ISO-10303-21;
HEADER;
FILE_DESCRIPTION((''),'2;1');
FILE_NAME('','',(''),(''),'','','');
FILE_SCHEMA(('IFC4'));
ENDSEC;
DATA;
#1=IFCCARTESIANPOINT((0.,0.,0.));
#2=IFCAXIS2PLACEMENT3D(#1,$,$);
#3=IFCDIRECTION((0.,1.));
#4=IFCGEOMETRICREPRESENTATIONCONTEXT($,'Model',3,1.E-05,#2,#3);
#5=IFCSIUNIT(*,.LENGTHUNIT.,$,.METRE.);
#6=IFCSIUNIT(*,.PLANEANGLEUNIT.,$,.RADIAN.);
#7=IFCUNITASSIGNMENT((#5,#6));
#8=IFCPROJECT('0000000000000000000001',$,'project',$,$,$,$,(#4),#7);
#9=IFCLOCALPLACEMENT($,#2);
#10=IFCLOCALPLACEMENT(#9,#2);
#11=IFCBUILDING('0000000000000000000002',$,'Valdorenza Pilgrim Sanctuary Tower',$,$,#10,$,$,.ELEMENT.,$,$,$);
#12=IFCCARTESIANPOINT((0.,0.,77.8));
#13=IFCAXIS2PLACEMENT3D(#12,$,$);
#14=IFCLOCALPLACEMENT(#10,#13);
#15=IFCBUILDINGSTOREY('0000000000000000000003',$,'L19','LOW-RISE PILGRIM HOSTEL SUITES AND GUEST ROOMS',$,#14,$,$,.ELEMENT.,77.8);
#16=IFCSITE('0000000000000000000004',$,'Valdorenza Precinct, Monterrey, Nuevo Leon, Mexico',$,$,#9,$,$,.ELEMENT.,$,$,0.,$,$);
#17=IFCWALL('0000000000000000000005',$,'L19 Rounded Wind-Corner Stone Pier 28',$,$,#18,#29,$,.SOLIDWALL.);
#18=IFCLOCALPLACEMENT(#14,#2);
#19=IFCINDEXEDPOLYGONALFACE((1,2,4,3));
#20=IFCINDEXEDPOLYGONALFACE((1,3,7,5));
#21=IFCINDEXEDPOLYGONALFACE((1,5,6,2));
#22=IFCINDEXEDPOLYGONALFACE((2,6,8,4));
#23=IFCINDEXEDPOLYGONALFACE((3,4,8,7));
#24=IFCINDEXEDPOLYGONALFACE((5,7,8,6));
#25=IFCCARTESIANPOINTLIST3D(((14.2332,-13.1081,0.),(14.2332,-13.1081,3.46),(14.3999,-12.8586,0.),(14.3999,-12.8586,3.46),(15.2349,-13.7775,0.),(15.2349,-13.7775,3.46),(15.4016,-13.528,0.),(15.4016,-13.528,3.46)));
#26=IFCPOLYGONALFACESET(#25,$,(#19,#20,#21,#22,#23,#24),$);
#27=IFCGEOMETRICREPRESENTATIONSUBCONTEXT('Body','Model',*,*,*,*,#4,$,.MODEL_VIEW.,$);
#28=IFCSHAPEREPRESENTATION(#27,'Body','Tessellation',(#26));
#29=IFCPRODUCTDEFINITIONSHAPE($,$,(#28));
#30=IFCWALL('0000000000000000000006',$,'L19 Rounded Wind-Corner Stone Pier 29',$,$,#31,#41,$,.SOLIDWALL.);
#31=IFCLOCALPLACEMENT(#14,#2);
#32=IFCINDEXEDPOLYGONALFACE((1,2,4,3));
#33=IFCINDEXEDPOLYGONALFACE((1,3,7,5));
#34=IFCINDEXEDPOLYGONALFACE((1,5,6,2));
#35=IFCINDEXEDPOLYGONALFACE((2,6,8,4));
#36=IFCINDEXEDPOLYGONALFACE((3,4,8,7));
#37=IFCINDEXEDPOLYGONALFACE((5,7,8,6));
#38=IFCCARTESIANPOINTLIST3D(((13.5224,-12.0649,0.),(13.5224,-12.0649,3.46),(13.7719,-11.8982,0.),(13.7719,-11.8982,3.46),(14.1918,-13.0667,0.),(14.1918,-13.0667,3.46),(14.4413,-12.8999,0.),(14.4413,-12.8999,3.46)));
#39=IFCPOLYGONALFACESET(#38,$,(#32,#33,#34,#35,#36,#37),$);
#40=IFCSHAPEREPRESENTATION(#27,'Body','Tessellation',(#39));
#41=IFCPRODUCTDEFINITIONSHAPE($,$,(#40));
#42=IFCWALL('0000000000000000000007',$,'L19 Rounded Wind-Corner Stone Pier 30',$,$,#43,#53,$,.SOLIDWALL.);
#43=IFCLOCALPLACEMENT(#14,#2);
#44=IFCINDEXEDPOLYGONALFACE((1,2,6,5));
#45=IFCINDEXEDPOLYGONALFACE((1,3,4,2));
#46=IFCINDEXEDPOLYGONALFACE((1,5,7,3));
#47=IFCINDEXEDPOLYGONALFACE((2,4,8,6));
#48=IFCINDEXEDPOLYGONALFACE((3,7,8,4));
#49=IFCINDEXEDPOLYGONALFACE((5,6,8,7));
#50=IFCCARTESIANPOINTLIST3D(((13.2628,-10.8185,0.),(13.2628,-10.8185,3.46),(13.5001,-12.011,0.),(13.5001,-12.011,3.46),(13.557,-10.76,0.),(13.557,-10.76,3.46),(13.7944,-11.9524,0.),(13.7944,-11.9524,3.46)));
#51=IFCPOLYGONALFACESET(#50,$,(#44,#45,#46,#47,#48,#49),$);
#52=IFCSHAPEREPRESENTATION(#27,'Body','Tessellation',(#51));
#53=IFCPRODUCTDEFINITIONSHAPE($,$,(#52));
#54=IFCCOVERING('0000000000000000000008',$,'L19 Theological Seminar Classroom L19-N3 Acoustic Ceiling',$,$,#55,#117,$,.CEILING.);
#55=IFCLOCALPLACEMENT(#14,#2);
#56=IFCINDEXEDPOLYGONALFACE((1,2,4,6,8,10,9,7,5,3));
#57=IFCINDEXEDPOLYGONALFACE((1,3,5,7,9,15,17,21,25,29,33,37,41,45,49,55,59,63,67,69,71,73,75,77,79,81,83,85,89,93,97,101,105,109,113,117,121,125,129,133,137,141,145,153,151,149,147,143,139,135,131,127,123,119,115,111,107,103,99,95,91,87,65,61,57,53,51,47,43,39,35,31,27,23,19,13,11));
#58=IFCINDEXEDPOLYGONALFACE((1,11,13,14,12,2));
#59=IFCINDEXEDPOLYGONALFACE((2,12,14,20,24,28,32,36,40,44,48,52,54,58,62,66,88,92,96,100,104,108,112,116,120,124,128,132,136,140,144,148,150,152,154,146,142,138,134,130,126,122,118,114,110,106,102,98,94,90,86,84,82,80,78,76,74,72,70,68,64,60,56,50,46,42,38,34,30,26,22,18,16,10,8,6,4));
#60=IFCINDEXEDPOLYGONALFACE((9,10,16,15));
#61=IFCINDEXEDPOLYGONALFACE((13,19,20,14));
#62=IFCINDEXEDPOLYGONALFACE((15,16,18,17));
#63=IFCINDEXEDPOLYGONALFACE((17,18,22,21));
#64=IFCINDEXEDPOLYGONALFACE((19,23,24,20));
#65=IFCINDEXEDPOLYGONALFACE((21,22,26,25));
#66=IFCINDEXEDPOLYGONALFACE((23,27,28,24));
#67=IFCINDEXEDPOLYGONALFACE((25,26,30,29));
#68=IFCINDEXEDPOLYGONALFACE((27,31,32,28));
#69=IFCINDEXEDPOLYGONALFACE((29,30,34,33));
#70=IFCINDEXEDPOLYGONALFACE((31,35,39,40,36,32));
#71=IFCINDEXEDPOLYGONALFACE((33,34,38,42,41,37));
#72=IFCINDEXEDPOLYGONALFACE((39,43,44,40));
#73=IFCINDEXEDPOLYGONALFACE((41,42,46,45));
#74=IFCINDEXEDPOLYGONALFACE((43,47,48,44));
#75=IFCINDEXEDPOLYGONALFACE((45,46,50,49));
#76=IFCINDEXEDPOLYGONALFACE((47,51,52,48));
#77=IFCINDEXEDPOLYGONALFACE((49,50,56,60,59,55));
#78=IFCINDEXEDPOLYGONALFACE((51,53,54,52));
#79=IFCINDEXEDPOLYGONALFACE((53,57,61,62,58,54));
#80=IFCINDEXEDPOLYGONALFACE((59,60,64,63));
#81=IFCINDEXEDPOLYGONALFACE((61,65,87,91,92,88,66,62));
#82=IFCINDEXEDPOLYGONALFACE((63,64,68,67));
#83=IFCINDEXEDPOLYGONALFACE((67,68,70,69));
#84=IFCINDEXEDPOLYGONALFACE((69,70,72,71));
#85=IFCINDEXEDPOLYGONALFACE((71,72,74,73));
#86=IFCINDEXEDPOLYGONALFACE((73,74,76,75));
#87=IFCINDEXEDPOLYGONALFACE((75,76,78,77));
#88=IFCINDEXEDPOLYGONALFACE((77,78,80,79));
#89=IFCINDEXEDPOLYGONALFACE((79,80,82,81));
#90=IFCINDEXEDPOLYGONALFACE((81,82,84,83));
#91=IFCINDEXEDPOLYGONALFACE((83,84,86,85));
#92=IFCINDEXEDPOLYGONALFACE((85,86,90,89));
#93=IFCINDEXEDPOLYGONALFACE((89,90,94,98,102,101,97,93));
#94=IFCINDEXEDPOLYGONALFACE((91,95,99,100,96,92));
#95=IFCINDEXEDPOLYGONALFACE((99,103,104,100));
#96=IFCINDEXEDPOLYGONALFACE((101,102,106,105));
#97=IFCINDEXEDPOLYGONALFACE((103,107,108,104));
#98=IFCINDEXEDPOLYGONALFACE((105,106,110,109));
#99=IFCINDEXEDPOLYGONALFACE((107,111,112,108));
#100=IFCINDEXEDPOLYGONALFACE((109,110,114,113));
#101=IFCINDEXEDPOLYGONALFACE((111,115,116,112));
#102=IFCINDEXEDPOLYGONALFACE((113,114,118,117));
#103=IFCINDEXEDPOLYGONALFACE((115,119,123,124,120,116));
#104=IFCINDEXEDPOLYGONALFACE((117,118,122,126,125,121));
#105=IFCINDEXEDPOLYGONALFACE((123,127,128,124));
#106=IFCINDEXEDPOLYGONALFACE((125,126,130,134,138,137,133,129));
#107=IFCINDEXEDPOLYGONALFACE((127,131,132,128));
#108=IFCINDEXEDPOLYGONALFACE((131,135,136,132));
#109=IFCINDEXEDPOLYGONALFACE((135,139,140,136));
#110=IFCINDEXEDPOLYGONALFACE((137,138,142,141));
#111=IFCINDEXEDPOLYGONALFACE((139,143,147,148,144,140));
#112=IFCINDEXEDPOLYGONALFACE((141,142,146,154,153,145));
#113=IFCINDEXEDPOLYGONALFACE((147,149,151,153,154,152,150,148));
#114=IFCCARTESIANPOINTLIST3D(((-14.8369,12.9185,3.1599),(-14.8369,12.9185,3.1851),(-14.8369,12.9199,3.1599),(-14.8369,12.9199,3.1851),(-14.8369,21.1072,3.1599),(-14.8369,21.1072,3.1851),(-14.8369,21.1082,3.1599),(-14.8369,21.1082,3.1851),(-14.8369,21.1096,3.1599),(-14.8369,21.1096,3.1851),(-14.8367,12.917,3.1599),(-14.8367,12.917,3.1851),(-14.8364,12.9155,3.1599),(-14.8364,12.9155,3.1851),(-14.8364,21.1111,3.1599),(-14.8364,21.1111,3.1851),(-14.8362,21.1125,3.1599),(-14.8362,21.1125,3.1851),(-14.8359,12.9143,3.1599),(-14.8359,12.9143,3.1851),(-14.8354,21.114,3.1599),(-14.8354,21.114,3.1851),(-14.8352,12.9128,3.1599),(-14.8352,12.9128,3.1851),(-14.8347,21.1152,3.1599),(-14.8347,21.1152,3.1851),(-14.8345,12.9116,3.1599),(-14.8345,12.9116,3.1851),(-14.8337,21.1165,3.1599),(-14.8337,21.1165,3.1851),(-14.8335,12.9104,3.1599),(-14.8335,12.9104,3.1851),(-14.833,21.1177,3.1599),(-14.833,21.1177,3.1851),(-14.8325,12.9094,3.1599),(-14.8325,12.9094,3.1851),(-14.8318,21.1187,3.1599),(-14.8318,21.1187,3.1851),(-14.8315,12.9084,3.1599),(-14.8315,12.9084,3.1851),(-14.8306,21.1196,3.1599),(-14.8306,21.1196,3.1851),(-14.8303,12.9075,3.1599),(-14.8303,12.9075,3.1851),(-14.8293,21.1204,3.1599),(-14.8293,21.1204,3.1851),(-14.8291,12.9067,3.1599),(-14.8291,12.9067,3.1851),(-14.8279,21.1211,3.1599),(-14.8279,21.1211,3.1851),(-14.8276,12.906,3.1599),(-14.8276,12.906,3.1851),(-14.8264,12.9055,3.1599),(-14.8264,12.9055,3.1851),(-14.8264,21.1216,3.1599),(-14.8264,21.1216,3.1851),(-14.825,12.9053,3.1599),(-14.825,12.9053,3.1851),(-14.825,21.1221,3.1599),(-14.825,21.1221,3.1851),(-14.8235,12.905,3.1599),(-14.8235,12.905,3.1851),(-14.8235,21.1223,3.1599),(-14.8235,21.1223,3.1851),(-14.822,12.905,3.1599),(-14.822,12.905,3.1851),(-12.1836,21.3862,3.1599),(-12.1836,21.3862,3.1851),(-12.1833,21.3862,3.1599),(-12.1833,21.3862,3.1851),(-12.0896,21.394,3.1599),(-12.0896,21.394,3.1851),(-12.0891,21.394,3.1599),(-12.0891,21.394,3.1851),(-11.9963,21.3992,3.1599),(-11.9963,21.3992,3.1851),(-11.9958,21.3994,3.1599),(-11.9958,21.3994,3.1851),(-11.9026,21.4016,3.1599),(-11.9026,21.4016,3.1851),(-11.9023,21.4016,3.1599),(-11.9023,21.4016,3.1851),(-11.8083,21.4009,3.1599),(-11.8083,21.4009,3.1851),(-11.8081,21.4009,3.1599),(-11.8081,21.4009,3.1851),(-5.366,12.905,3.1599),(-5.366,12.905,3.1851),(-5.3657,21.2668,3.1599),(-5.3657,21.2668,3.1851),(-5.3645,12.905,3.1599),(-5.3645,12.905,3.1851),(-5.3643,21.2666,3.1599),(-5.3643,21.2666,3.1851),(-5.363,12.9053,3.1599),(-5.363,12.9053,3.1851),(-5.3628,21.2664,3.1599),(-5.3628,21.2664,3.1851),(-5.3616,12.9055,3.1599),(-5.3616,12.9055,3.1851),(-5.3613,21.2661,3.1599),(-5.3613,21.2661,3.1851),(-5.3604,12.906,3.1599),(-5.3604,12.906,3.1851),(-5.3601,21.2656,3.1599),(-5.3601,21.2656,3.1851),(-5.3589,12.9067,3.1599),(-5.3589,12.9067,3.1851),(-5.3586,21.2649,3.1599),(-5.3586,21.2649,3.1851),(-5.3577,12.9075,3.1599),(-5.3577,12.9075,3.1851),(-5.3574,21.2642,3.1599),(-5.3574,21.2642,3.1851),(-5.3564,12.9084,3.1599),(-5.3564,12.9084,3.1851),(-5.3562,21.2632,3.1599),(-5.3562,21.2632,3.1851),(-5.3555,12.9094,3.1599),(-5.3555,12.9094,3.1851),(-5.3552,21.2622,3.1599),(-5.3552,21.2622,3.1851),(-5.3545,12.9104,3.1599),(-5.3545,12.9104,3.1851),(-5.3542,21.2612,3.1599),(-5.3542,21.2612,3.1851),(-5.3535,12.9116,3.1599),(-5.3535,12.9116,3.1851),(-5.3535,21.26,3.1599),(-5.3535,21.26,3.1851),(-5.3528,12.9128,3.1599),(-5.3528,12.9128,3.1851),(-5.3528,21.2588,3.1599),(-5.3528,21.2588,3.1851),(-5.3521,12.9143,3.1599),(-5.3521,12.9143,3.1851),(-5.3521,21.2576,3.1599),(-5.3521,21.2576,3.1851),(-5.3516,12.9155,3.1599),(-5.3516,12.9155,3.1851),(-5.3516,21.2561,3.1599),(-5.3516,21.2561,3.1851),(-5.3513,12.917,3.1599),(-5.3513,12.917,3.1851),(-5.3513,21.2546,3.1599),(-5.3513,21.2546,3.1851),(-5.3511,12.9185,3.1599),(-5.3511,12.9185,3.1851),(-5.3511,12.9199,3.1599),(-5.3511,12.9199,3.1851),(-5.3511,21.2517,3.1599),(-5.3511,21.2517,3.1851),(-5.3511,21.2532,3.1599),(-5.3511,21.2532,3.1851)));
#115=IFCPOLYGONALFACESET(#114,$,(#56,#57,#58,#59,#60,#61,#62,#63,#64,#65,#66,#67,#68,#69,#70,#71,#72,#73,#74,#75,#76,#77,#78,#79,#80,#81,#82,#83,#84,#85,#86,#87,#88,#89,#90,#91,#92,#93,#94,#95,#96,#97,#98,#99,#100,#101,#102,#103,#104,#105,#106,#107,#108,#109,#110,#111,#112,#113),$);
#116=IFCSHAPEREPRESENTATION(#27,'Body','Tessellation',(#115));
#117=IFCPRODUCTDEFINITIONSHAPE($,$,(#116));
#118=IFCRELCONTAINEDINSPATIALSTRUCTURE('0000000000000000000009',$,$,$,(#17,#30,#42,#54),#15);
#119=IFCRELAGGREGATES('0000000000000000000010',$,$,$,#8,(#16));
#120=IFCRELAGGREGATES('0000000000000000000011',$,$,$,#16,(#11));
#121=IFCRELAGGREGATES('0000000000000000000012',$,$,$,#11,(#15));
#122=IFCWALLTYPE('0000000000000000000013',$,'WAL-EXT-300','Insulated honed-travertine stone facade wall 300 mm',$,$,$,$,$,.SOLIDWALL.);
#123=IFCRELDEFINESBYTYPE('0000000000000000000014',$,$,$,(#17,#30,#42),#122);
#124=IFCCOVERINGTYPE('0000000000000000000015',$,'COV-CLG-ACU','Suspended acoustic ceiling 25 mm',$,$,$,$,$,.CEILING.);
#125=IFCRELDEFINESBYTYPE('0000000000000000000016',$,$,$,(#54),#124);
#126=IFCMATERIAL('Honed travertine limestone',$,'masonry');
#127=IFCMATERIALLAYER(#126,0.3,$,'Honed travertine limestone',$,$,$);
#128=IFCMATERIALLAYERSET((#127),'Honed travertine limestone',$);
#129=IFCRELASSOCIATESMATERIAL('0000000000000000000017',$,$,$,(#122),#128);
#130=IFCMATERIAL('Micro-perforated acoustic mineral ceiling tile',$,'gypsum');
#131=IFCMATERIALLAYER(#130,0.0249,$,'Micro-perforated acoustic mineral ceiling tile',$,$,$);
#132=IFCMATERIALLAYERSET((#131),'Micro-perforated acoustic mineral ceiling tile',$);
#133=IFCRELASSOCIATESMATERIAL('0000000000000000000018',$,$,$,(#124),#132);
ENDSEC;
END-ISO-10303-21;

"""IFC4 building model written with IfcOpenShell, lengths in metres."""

from ifc_helpers import new_model, si_unit, direction, frame, frame_2d, origin, place, context, subcontext, project, spatial, polyline, rectangle, outline, extrude, material, layer, layer_set, type_object, element, save


model = new_model("IFC4")

# Units and contexts
model_context = context("Model", 3, precision=1e-05, world=origin(), true_north=direction((0.0, 1.0)))
body_context = subcontext(model_context, "Body", "Model", "MODEL_VIEW")
ifc_project = project(units=[si_unit("LENGTHUNIT", "METRE"), si_unit("PLANEANGLEUNIT", "RADIAN")], contexts=[model_context])

# Site, building, storey
site_placement = place(None, origin())
site = spatial("IfcSite", under=ifc_project, at=site_placement, Name="Valdorenza Precinct, Monterrey, Nuevo Leon, Mexico", CompositionType="ELEMENT", RefElevation=0.0)
building_placement = place(site_placement, origin())
building = spatial("IfcBuilding", under=site, at=building_placement, Name="Valdorenza Pilgrim Sanctuary Tower", CompositionType="ELEMENT")
storey_placement = place(building_placement, frame((0.0, 0.0, 77.8)))
storey = spatial("IfcBuildingStorey", under=building, at=storey_placement, Name="L19", Description="LOW-RISE PILGRIM HOSTEL SUITES AND GUEST ROOMS", CompositionType="ELEMENT", Elevation=77.8)

# Shared definitions
ifc_material_1 = material(Name="Honed travertine limestone", Category="masonry")

# Walls
ifc_layer_1 = layer(ifc_material_1, 0.3, Name="Honed travertine limestone")
ifc_layer_set_1 = layer_set([ifc_layer_1], Name="Honed travertine limestone")
wall_type_1 = type_object("IfcWallType", Name="WAL-EXT-300", Description="Insulated honed-travertine stone facade wall 300 mm", PredefinedType="SOLIDWALL", material=ifc_layer_set_1)
for number, where, z_axis, x_axis, name in (
    (1, (15.3184, -13.6528, 0.0), (0.0, 0.0, 1.0), (-0.831426, 0.555635, 0.0), "L19 Rounded Wind-Corner Stone Pier 28"),
    (2, (14.3167, -12.9834, 0.0), (0.0, 0.0, 1.0), (-0.555635, 0.831426, 0.0), "L19 Rounded Wind-Corner Stone Pier 29"),
):
    element("IfcWall", number, at=place(storey_placement, frame(where, z_axis=z_axis, x_axis=x_axis)), inside=storey, type_object=wall_type_1, Name=name, PredefinedType="SOLIDWALL", context=body_context, shape_type="SweptSolid", body=[
        extrude(rectangle(XDim=1.2048, YDim=0.3, at=frame_2d((0.6025, 0.0))), origin(), (0.0, 0.0, 1.0), 3.46),
    ])
wall_1_placement = place(storey_placement, frame((13.6472, -11.9817, 0.0), z_axis=(0.0, 0.0, 1.0), x_axis=(-0.195189, 0.980766, 0.0)))
element("IfcWall", 3, at=wall_1_placement, inside=storey, type_object=wall_type_1, Name="L19 Rounded Wind-Corner Stone Pier 30", PredefinedType="SOLIDWALL", context=body_context, shape_type="SweptSolid", body=[
    extrude(rectangle(XDim=1.2158, YDim=0.3, at=frame_2d((0.6079, 0.0))), origin(), (0.0, 0.0, 1.0), 3.46),
])

# Covering
ifc_material_2 = material(Name="Micro-perforated acoustic mineral ceiling tile", Category="gypsum")
ifc_layer_2 = layer(ifc_material_2, 0.0249, Name="Micro-perforated acoustic mineral ceiling tile")
ifc_layer_set_2 = layer_set([ifc_layer_2], Name="Micro-perforated acoustic mineral ceiling tile")
covering_type_1 = type_object("IfcCoveringType", Name="COV-CLG-ACU", Description="Suspended acoustic ceiling 25 mm", PredefinedType="CEILING", material=ifc_layer_set_2)
covering_1_placement = place(storey_placement, frame((0.0, 0.0, 3.1599)))
element("IfcCovering", 4, at=covering_1_placement, inside=storey, type_object=covering_type_1, Name="L19 Theological Seminar Classroom L19-N3 Acoustic Ceiling", PredefinedType="CEILING", context=body_context, shape_type="SweptSolid", body=[
    extrude(outline(polyline([(-14.8369, 21.1072), (-14.8369, 21.1082), (-14.8369, 21.1096), (-14.8364, 21.1111), (-14.8362, 21.1125), (-14.8354, 21.114), (-14.8347, 21.1152), (-14.8337, 21.1165), (-14.833, 21.1177), (-14.8318, 21.1187), (-14.8306, 21.1196), (-14.8293, 21.1204), (-14.8279, 21.1211), (-14.8264, 21.1216), (-14.825, 21.1221), (-14.8235, 21.1223), (-12.1836, 21.3862), (-12.1833, 21.3862), (-12.0896, 21.394), (-12.0891, 21.394), (-11.9963, 21.3992), (-11.9958, 21.3994), (-11.9026, 21.4016), (-11.9023, 21.4016), (-11.8083, 21.4009), (-11.8081, 21.4009), (-5.3657, 21.2668), (-5.3643, 21.2666), (-5.3628, 21.2664), (-5.3613, 21.2661), (-5.3601, 21.2656), (-5.3586, 21.2649), (-5.3574, 21.2642), (-5.3562, 21.2632), (-5.3552, 21.2622), (-5.3542, 21.2612), (-5.3535, 21.26), (-5.3528, 21.2588), (-5.3521, 21.2576), (-5.3516, 21.2561), (-5.3513, 21.2546), (-5.3511, 21.2532), (-5.3511, 21.2517), (-5.3511, 12.9199), (-5.3511, 12.9185), (-5.3513, 12.917), (-5.3516, 12.9155), (-5.3521, 12.9143), (-5.3528, 12.9128), (-5.3535, 12.9116), (-5.3545, 12.9104), (-5.3555, 12.9094), (-5.3564, 12.9084), (-5.3577, 12.9075), (-5.3589, 12.9067), (-5.3604, 12.906), (-5.3616, 12.9055), (-5.363, 12.9053), (-5.3645, 12.905), (-5.366, 12.905), (-14.822, 12.905), (-14.8235, 12.905), (-14.825, 12.9053), (-14.8264, 12.9055), (-14.8276, 12.906), (-14.8291, 12.9067), (-14.8303, 12.9075), (-14.8315, 12.9084), (-14.8325, 12.9094), (-14.8335, 12.9104), (-14.8345, 12.9116), (-14.8352, 12.9128), (-14.8359, 12.9143), (-14.8364, 12.9155), (-14.8367, 12.917), (-14.8369, 12.9185), (-14.8369, 12.9199), (-14.8369, 21.1072), (-14.8369, 21.1072)])), origin(), (0.0, 0.0, 1.0), 0.0251),
])

save(model, "model.ifc")
